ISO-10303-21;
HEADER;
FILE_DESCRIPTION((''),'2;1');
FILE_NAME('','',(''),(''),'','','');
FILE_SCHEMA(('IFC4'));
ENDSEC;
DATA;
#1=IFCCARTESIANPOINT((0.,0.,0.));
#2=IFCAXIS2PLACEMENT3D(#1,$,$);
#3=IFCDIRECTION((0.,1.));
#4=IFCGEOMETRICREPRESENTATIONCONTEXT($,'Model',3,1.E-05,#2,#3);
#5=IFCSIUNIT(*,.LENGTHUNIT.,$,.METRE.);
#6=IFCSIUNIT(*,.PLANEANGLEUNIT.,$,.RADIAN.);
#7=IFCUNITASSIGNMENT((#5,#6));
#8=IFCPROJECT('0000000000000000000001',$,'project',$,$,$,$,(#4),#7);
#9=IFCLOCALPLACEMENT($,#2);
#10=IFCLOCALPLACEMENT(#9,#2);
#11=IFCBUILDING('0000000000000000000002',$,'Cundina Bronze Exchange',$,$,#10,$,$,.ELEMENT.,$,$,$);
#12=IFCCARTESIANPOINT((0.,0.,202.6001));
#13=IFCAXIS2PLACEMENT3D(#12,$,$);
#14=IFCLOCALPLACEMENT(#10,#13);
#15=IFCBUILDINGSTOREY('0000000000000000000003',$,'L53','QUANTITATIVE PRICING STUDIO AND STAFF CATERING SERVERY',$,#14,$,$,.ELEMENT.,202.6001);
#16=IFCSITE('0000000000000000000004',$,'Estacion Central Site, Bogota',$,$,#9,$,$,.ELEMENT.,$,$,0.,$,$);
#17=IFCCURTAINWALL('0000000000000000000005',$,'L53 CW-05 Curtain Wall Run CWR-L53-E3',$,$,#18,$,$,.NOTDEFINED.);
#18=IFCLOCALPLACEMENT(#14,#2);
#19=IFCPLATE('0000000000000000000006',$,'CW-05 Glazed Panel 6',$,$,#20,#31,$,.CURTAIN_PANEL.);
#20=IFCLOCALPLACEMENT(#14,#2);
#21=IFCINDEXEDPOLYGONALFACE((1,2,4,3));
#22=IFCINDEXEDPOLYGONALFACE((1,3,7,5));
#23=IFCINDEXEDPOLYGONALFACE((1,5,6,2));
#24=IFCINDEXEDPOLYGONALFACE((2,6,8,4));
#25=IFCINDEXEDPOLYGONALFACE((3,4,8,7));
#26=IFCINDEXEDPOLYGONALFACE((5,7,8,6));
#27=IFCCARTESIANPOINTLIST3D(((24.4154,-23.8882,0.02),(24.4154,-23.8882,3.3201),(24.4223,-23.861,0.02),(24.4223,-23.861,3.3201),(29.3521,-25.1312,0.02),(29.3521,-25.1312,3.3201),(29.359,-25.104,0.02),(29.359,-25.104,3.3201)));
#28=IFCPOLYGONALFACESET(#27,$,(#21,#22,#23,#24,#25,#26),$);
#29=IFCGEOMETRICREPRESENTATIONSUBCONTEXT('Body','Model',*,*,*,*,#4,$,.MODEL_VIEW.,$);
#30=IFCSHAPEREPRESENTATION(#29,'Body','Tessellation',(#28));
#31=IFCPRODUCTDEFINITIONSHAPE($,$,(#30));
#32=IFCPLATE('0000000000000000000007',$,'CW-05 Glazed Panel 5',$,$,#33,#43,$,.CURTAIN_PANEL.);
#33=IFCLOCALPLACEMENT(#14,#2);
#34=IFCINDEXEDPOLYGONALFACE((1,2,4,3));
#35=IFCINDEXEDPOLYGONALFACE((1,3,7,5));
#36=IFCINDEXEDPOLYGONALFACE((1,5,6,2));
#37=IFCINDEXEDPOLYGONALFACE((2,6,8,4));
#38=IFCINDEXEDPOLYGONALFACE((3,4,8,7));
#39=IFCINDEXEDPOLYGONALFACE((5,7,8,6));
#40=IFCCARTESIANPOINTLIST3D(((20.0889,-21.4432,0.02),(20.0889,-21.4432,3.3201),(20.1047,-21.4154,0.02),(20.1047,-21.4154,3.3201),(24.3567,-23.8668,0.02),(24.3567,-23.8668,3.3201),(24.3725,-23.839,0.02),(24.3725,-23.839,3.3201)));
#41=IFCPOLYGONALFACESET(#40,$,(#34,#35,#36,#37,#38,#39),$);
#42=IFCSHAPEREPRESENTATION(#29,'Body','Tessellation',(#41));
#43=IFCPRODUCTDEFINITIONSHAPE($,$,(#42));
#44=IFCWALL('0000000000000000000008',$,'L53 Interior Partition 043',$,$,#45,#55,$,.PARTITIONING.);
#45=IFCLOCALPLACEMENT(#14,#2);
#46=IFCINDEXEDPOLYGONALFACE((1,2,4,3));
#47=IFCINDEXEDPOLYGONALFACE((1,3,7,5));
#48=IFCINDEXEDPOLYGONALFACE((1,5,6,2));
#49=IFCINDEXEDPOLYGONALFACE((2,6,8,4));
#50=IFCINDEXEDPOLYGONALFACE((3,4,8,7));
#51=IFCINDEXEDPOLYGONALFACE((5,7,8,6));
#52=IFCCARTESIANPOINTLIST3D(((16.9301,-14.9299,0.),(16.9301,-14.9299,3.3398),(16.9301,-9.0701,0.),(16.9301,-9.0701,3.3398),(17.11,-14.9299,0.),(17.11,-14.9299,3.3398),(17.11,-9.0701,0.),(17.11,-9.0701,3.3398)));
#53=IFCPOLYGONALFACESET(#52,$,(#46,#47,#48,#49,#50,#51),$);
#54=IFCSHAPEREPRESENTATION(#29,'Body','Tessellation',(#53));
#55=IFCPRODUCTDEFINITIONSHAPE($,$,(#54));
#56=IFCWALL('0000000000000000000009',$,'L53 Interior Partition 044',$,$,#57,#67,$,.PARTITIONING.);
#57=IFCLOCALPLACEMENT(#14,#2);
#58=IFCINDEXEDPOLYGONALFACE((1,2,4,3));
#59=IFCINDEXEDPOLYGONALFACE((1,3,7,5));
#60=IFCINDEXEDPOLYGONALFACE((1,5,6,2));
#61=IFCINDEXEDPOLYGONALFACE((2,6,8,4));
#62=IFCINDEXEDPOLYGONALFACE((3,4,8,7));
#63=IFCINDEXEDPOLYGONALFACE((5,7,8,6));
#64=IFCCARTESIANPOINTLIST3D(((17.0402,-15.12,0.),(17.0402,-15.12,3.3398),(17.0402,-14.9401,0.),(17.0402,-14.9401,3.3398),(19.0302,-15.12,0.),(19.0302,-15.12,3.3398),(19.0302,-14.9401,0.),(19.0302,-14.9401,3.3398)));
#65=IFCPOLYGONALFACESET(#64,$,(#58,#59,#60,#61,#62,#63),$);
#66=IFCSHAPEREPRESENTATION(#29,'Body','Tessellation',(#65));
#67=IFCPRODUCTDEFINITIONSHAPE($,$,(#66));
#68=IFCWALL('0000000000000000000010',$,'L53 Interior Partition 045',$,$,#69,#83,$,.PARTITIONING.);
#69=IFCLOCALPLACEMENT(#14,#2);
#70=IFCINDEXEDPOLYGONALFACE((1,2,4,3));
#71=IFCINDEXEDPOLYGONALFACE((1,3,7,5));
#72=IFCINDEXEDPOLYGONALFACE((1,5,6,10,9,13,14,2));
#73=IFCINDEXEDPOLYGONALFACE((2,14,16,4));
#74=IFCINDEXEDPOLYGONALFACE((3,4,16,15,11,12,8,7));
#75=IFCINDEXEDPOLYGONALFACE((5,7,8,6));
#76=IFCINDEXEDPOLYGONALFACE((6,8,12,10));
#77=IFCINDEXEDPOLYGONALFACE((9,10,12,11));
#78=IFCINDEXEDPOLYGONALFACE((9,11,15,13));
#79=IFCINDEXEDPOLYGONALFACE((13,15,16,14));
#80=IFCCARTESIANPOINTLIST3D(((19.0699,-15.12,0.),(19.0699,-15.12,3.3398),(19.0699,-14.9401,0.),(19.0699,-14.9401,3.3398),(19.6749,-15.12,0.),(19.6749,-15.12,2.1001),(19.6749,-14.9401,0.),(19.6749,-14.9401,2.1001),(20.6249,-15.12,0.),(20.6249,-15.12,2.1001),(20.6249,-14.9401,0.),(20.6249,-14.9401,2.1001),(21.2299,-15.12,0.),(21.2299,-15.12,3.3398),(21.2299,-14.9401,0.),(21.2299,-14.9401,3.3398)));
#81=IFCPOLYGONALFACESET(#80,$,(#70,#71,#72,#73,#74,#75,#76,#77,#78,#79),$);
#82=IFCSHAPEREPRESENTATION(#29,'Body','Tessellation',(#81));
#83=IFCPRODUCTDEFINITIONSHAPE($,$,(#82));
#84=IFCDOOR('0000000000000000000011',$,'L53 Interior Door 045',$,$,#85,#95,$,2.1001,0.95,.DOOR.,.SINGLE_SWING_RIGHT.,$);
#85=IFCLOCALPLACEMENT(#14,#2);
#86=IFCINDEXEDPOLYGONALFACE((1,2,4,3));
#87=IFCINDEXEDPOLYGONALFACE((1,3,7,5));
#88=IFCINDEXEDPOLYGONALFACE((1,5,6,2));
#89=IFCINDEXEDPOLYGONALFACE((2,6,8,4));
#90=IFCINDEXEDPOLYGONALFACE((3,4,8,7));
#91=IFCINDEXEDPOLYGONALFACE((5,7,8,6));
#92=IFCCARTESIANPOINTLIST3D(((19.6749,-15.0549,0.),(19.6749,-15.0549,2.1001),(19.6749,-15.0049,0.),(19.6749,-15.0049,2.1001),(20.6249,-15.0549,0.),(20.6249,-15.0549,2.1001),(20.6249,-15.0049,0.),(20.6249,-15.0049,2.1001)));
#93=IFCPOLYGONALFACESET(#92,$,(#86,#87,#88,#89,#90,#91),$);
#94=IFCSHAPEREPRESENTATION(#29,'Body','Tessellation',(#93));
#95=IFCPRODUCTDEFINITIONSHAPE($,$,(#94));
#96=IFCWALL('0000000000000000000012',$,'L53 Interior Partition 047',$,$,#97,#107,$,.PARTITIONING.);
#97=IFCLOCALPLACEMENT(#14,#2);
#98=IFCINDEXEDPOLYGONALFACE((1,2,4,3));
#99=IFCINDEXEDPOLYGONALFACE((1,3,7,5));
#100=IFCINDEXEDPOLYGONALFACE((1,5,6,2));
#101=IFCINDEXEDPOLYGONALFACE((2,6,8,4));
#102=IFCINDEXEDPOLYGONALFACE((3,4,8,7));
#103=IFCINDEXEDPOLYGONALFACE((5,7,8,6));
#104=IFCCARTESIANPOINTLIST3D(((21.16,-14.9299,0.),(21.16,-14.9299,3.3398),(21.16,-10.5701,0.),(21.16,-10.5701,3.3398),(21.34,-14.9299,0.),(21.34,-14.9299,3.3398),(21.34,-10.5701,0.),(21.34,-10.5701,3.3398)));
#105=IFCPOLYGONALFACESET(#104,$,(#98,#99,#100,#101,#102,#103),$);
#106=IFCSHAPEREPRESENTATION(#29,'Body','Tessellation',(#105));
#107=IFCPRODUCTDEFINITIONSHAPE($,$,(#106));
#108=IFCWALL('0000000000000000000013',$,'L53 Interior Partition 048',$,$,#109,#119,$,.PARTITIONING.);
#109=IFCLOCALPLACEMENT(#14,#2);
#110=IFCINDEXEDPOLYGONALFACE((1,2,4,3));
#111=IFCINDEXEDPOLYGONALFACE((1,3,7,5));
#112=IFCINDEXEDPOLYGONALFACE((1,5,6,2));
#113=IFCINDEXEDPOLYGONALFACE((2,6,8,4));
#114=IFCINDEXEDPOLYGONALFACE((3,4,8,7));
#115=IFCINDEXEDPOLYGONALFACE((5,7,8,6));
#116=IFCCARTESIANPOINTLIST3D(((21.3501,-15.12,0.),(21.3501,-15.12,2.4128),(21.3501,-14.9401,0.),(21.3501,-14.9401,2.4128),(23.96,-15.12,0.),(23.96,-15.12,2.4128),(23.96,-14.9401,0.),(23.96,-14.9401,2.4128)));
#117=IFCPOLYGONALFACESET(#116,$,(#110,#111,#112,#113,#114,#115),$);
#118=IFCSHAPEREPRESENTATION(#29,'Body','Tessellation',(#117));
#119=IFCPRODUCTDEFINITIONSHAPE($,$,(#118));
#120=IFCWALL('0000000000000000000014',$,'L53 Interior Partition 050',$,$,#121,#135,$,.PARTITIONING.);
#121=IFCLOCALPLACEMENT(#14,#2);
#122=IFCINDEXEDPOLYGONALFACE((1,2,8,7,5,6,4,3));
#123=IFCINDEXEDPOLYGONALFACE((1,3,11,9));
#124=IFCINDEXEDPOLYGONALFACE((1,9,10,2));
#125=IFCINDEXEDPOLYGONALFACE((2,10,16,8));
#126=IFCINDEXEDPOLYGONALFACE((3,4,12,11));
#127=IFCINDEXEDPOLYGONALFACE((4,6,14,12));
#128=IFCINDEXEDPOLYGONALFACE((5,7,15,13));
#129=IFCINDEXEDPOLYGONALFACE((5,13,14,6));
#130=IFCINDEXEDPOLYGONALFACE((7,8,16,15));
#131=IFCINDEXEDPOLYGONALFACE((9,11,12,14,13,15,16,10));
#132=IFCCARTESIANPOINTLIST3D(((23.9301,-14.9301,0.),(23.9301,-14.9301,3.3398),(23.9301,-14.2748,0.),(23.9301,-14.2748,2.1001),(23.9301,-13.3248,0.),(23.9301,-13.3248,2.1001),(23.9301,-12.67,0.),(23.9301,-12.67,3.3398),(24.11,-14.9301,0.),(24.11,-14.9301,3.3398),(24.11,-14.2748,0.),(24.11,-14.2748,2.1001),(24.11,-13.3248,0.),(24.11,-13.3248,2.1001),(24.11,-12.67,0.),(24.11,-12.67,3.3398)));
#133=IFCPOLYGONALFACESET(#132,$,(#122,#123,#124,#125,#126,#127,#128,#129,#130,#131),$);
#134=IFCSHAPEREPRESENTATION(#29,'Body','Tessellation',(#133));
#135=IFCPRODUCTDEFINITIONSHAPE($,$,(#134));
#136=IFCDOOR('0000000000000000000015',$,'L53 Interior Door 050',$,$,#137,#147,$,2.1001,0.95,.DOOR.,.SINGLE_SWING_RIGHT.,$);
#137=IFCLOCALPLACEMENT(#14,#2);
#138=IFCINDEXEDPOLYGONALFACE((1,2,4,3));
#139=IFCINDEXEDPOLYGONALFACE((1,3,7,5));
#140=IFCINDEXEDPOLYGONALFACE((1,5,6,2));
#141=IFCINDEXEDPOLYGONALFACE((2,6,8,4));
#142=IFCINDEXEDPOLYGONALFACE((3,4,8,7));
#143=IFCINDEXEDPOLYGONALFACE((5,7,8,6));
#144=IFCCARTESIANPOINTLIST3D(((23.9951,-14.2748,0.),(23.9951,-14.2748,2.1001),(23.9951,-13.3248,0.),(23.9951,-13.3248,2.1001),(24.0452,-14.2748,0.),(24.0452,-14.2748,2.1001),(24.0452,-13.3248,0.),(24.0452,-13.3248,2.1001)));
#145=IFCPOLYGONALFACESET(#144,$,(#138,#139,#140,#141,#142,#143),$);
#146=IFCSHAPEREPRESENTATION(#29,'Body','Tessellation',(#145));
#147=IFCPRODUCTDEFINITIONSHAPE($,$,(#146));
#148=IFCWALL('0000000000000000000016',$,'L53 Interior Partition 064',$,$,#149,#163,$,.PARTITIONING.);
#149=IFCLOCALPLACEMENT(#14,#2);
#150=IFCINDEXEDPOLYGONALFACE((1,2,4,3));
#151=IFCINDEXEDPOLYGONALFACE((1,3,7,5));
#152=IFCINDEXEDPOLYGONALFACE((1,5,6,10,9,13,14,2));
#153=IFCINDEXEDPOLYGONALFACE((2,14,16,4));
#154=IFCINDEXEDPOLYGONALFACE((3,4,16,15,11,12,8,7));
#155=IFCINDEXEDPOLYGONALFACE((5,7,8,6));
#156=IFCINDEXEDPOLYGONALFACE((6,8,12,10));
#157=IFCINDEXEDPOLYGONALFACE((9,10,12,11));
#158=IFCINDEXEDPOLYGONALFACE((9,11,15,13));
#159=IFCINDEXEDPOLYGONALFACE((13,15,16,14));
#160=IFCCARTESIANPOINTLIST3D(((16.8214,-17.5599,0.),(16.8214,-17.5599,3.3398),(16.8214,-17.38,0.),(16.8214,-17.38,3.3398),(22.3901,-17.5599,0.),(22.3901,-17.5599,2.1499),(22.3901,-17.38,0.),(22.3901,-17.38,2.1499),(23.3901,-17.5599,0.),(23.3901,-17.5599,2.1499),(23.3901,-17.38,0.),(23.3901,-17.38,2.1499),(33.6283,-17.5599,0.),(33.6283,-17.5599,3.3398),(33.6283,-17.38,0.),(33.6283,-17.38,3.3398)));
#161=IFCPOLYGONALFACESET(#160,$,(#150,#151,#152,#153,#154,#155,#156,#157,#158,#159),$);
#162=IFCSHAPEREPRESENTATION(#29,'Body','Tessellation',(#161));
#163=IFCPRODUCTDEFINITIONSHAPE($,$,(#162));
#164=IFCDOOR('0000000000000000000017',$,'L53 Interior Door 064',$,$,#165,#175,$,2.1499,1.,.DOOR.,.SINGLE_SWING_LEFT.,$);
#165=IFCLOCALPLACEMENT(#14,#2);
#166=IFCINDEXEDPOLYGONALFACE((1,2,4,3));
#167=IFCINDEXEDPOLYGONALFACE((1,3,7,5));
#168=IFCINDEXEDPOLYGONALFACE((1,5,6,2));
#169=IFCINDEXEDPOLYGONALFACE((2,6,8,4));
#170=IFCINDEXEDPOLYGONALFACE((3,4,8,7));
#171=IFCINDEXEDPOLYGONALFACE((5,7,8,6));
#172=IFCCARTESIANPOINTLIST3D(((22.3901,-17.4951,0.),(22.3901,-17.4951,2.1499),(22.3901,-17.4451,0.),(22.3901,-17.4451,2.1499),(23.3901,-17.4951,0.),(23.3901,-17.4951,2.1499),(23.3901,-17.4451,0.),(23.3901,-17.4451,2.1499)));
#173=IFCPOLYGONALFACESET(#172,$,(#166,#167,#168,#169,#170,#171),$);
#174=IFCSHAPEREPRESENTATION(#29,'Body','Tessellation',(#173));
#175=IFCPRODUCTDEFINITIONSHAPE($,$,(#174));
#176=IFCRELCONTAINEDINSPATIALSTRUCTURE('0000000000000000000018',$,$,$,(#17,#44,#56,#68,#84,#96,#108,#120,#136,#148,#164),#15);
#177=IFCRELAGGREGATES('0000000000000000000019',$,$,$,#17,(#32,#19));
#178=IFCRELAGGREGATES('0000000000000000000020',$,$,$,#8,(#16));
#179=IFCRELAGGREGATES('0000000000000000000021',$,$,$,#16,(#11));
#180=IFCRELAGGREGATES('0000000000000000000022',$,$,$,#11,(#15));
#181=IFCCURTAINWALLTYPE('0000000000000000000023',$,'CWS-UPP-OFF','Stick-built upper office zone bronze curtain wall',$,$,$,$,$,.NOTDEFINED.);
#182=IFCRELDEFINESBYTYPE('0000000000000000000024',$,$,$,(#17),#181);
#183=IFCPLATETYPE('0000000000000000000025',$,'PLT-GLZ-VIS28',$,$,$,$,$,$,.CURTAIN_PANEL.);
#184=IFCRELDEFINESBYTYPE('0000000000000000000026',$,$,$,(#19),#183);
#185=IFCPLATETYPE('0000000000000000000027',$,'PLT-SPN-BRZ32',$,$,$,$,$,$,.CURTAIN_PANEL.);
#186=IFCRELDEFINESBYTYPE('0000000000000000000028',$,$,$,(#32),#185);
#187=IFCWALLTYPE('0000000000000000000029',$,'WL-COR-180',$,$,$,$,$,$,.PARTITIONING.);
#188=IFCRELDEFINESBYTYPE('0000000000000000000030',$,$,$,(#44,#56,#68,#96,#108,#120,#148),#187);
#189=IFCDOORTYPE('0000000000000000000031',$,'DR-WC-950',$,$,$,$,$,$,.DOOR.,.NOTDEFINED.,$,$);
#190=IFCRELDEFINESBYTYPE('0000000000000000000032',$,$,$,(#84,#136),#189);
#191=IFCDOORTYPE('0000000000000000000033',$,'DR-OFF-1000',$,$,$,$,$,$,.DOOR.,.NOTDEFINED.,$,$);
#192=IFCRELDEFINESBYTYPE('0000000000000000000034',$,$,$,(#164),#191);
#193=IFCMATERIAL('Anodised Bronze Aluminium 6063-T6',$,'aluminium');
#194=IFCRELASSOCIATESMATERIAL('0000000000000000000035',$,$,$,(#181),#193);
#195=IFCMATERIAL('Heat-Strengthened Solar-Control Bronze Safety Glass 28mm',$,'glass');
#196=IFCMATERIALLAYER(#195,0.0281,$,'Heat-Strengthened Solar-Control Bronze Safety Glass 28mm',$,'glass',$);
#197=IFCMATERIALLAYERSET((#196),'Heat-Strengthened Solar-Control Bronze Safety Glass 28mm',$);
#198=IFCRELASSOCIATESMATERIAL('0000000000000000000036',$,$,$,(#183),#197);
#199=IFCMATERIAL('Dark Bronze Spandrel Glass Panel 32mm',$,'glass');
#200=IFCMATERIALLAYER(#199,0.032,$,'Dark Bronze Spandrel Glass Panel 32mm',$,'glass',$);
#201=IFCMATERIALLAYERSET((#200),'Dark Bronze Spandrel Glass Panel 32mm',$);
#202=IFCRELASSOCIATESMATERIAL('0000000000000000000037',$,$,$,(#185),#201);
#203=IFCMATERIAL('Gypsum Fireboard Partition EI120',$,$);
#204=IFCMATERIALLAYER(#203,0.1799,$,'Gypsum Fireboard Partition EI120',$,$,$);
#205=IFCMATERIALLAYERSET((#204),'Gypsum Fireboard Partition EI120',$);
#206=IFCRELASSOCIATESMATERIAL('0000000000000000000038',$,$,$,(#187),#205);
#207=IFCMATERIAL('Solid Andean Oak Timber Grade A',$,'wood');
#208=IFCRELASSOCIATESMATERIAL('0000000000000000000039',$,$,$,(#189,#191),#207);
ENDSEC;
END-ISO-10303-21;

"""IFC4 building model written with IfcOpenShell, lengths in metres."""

from ifc_helpers import new_model, si_unit, direction, frame, frame_2d, origin, origin_2d, place, context, subcontext, project, spatial, rectangle, extrude, material, layer, layer_set, type_object, element, fill, aggregate, save


model = new_model("IFC4")

# Units and contexts
model_context = context("Model", 3, precision=1e-05, world=origin(), true_north=direction((0.0, 1.0)))
body_context = subcontext(model_context, "Body", "Model", "MODEL_VIEW")
ifc_project = project(units=[si_unit("LENGTHUNIT", "METRE"), si_unit("PLANEANGLEUNIT", "RADIAN")], contexts=[model_context])

# Site, building, storey
site_placement = place(None, origin())
site = spatial("IfcSite", under=ifc_project, at=site_placement, Name="Estacion Central Site, Bogota", CompositionType="ELEMENT", RefElevation=0.0)
building_placement = place(site_placement, origin())
building = spatial("IfcBuilding", under=site, at=building_placement, Name="Cundina Bronze Exchange", CompositionType="ELEMENT")
storey_placement = place(building_placement, frame((0.0, 0.0, 202.6001)))
storey = spatial("IfcBuildingStorey", under=building, at=storey_placement, Name="L53", Description="QUANTITATIVE PRICING STUDIO AND STAFF CATERING SERVERY", CompositionType="ELEMENT", Elevation=202.6001)

# Curtain wall, plates
ifc_material_1 = material(Name="Anodised Bronze Aluminium 6063-T6", Category="aluminium")
curtain_wall_type = type_object("IfcCurtainWallType", Name="CWS-UPP-OFF", Description="Stick-built upper office zone bronze curtain wall", PredefinedType="NOTDEFINED", material=ifc_material_1)
curtain_wall_placement = place(storey_placement, origin())
curtain_wall = element("IfcCurtainWall", 1, at=curtain_wall_placement, inside=storey, type_object=curtain_wall_type, Name="L53 CW-05 Curtain Wall Run CWR-L53-E3", PredefinedType="NOTDEFINED")
ifc_material_2 = material(Name="Heat-Strengthened Solar-Control Bronze Safety Glass 28mm", Category="glass")
ifc_layer_1 = layer(ifc_material_2, 0.0281, Name="Heat-Strengthened Solar-Control Bronze Safety Glass 28mm", Category="glass")
ifc_layer_set_1 = layer_set([ifc_layer_1], Name="Heat-Strengthened Solar-Control Bronze Safety Glass 28mm")
plate_type_1 = type_object("IfcPlateType", Name="PLT-GLZ-VIS28", PredefinedType="CURTAIN_PANEL", material=ifc_layer_set_1)
plate_1_placement = place(storey_placement, frame((26.8872, -24.4961, 0.02), z_axis=(0.0, 0.0, 1.0), x_axis=(0.969732, -0.244174, 0.0)))
plate_1 = element("IfcPlate", 2, at=plate_1_placement, type_object=plate_type_1, Name="CW-05 Glazed Panel 6", PredefinedType="CURTAIN_PANEL", context=body_context, shape_type="SweptSolid", body=[
    extrude(rectangle(XDim=5.0908, YDim=0.0281, at=origin_2d()), origin(), (0.0, 0.0, 1.0), 3.3),
])
ifc_material_3 = material(Name="Dark Bronze Spandrel Glass Panel 32mm", Category="glass")
ifc_layer_2 = layer(ifc_material_3, 0.032, Name="Dark Bronze Spandrel Glass Panel 32mm", Category="glass")
ifc_layer_set_2 = layer_set([ifc_layer_2], Name="Dark Bronze Spandrel Glass Panel 32mm")
plate_type_2 = type_object("IfcPlateType", Name="PLT-SPN-BRZ32", PredefinedType="CURTAIN_PANEL", material=ifc_layer_set_2)
plate_2_placement = place(storey_placement, frame((22.2307, -22.6411, 0.02), z_axis=(0.0, 0.0, 1.0), x_axis=(0.869573, -0.493805, 0.0)))
plate_2 = element("IfcPlate", 3, at=plate_2_placement, type_object=plate_type_2, Name="CW-05 Glazed Panel 5", PredefinedType="CURTAIN_PANEL", context=body_context, shape_type="SweptSolid", body=[
    extrude(rectangle(XDim=4.908, YDim=0.032, at=origin_2d()), origin(), (0.0, 0.0, 1.0), 3.3),
])
aggregate(curtain_wall, [plate_2, plate_1])

# Walls
ifc_material_4 = material(Name="Gypsum Fireboard Partition EI120")
ifc_layer_3 = layer(ifc_material_4, 0.1799, Name="Gypsum Fireboard Partition EI120")
ifc_layer_set_3 = layer_set([ifc_layer_3], Name="Gypsum Fireboard Partition EI120")
wall_type_1 = type_object("IfcWallType", Name="WL-COR-180", PredefinedType="PARTITIONING", material=ifc_layer_set_3)
wall_1_placement = place(storey_placement, frame((17.02, -14.9299, 0.0), z_axis=(0.0, 0.0, 1.0), x_axis=(0.0, 1.0, 0.0)))
element("IfcWall", 4, at=wall_1_placement, inside=storey, type_object=wall_type_1, Name="L53 Interior Partition 043", PredefinedType="PARTITIONING", context=body_context, shape_type="SweptSolid", body=[
    extrude(rectangle(XDim=5.8599, YDim=0.1799, at=frame_2d((2.9299, 0.0))), origin(), (0.0, 0.0, 1.0), 3.3398),
])
wall_2_placement = place(storey_placement, frame((17.04, -15.03, 0.0), z_axis=(0.0, 0.0, 1.0), x_axis=(1.0, 0.0, 0.0)))
element("IfcWall", 5, at=wall_2_placement, inside=storey, type_object=wall_type_1, Name="L53 Interior Partition 044", PredefinedType="PARTITIONING", context=body_context, shape_type="SweptSolid", body=[
    extrude(rectangle(XDim=1.99, YDim=0.1799, at=frame_2d((0.9951, 0.0))), origin(), (0.0, 0.0, 1.0), 3.3398),
])

# Wall, opening, door
wall_3_placement = place(storey_placement, frame((21.23, -15.03, 0.0), z_axis=(0.0, 0.0, 1.0), x_axis=(-1.0, 0.0, 0.0)))
wall_3 = element("IfcWall", 6, at=wall_3_placement, inside=storey, type_object=wall_type_1, Name="L53 Interior Partition 045", PredefinedType="PARTITIONING", context=body_context, shape_type="SweptSolid", body=[
    extrude(rectangle(XDim=2.1599, YDim=0.1799, at=frame_2d((1.0801, 0.0))), origin(), (0.0, 0.0, 1.0), 3.3398),
])
opening_1_placement = place(wall_3_placement, frame((0.605, 0.0, 0.0)))
opening_1 = element("IfcOpeningElement", 7, at=opening_1_placement, cuts=wall_3, PredefinedType="OPENING", context=body_context, shape_type="SweptSolid", body=[
    extrude(rectangle(XDim=0.95, YDim=2.1001, at=frame_2d((0.4751, 1.05))), frame((0.0, 0.0999, 0.0), z_axis=(0.0, -1.0, 0.0), x_axis=(1.0, 0.0, 0.0)), (0.0, 0.0, 1.0), 0.2),
])
ifc_material_5 = material(Name="Solid Andean Oak Timber Grade A", Category="wood")
door_type_1 = type_object("IfcDoorType", Name="DR-WC-950", OperationType="NOTDEFINED", PredefinedType="DOOR", material=ifc_material_5)
door_1_placement = place(opening_1_placement, origin())
door_1 = element("IfcDoor", 8, at=door_1_placement, inside=storey, type_object=door_type_1, Name="L53 Interior Door 045", OperationType="SINGLE_SWING_RIGHT", OverallHeight=2.1001, OverallWidth=0.95, PredefinedType="DOOR", context=body_context, shape_type="SweptSolid", body=[
    extrude(rectangle(XDim=0.95, YDim=2.1001, at=frame_2d((0.4751, 1.05))), frame((0.0, 0.0249, 0.0), z_axis=(0.0, -1.0, 0.0), x_axis=(1.0, 0.0, 0.0)), (0.0, 0.0, 1.0), 0.05),
])
fill(opening_1, door_1)

# Walls
wall_4_placement = place(storey_placement, frame((21.25, -14.9299, 0.0), z_axis=(0.0, 0.0, 1.0), x_axis=(0.0, 1.0, 0.0)))
element("IfcWall", 9, at=wall_4_placement, inside=storey, type_object=wall_type_1, Name="L53 Interior Partition 047", PredefinedType="PARTITIONING", context=body_context, shape_type="SweptSolid", body=[
    extrude(rectangle(XDim=4.3599, YDim=0.1799, at=frame_2d((2.1799, 0.0))), origin(), (0.0, 0.0, 1.0), 3.3398),
])
wall_5_placement = place(storey_placement, frame((21.3501, -15.03, 0.0), z_axis=(0.0, 0.0, 1.0), x_axis=(1.0, 0.0, 0.0)))
element("IfcWall", 10, at=wall_5_placement, inside=storey, type_object=wall_type_1, Name="L53 Interior Partition 048", PredefinedType="PARTITIONING", context=body_context, shape_type="SweptSolid", body=[
    extrude(rectangle(XDim=2.6099, YDim=0.1799, at=frame_2d((1.3049, 0.0))), origin(), (0.0, 0.0, 1.0), 2.4128),
])

# Walls, openings, doors
wall_6_placement = place(storey_placement, frame((24.02, -14.9299, 0.0), z_axis=(0.0, 0.0, 1.0), x_axis=(0.0, 1.0, 0.0)))
wall_6 = element("IfcWall", 11, at=wall_6_placement, inside=storey, type_object=wall_type_1, Name="L53 Interior Partition 050", PredefinedType="PARTITIONING", context=body_context, shape_type="SweptSolid", body=[
    extrude(rectangle(XDim=2.26, YDim=0.1799, at=frame_2d((1.1299, 0.0))), origin(), (0.0, 0.0, 1.0), 3.3398),
])
opening_2_placement = place(wall_6_placement, frame((0.655, 0.0, 0.0)))
opening_2 = element("IfcOpeningElement", 12, at=opening_2_placement, cuts=wall_6, PredefinedType="OPENING", context=body_context, shape_type="SweptSolid", body=[
    extrude(rectangle(XDim=0.95, YDim=2.1001, at=frame_2d((0.4751, 1.05))), frame((0.0, 0.0999, 0.0), z_axis=(0.0, -1.0, 0.0), x_axis=(1.0, 0.0, 0.0)), (0.0, 0.0, 1.0), 0.2),
])
door_2_placement = place(opening_2_placement, origin())
door_2 = element("IfcDoor", 13, at=door_2_placement, inside=storey, type_object=door_type_1, Name="L53 Interior Door 050", OperationType="SINGLE_SWING_RIGHT", OverallHeight=2.1001, OverallWidth=0.95, PredefinedType="DOOR", context=body_context, shape_type="SweptSolid", body=[
    extrude(rectangle(XDim=0.95, YDim=2.1001, at=frame_2d((0.4751, 1.05))), frame((0.0, 0.0249, 0.0), z_axis=(0.0, -1.0, 0.0), x_axis=(1.0, 0.0, 0.0)), (0.0, 0.0, 1.0), 0.05),
])
fill(opening_2, door_2)
wall_7_placement = place(storey_placement, frame((16.8215, -17.47, 0.0), z_axis=(0.0, 0.0, 1.0), x_axis=(1.0, 0.0, 0.0)))
wall_7 = element("IfcWall", 14, at=wall_7_placement, inside=storey, type_object=wall_type_1, Name="L53 Interior Partition 064", PredefinedType="PARTITIONING", context=body_context, shape_type="SweptSolid", body=[
    extrude(rectangle(XDim=16.8069, YDim=0.1799, at=frame_2d((8.4033, 0.0))), origin(), (0.0, 0.0, 1.0), 3.3398),
])
opening_3_placement = place(wall_7_placement, frame((5.5686, 0.0, 0.0)))
opening_3 = element("IfcOpeningElement", 15, at=opening_3_placement, cuts=wall_7, PredefinedType="OPENING", context=body_context, shape_type="SweptSolid", body=[
    extrude(rectangle(XDim=1.0, YDim=2.1499, at=frame_2d((0.5, 1.075))), frame((0.0, 0.0999, 0.0), z_axis=(0.0, -1.0, 0.0), x_axis=(1.0, 0.0, 0.0)), (0.0, 0.0, 1.0), 0.2),
])
door_type_2 = type_object("IfcDoorType", Name="DR-OFF-1000", OperationType="NOTDEFINED", PredefinedType="DOOR", material=ifc_material_5)
door_3_placement = place(opening_3_placement, origin())
door_3 = element("IfcDoor", 16, at=door_3_placement, inside=storey, type_object=door_type_2, Name="L53 Interior Door 064", OperationType="SINGLE_SWING_LEFT", OverallHeight=2.1499, OverallWidth=1.0, PredefinedType="DOOR", context=body_context, shape_type="SweptSolid", body=[
    extrude(rectangle(XDim=1.0, YDim=2.1499, at=frame_2d((0.5, 1.075))), frame((0.0, 0.0249, 0.0), z_axis=(0.0, -1.0, 0.0), x_axis=(1.0, 0.0, 0.0)), (0.0, 0.0, 1.0), 0.05),
])
fill(opening_3, door_3)

save(model, "model.ifc")
